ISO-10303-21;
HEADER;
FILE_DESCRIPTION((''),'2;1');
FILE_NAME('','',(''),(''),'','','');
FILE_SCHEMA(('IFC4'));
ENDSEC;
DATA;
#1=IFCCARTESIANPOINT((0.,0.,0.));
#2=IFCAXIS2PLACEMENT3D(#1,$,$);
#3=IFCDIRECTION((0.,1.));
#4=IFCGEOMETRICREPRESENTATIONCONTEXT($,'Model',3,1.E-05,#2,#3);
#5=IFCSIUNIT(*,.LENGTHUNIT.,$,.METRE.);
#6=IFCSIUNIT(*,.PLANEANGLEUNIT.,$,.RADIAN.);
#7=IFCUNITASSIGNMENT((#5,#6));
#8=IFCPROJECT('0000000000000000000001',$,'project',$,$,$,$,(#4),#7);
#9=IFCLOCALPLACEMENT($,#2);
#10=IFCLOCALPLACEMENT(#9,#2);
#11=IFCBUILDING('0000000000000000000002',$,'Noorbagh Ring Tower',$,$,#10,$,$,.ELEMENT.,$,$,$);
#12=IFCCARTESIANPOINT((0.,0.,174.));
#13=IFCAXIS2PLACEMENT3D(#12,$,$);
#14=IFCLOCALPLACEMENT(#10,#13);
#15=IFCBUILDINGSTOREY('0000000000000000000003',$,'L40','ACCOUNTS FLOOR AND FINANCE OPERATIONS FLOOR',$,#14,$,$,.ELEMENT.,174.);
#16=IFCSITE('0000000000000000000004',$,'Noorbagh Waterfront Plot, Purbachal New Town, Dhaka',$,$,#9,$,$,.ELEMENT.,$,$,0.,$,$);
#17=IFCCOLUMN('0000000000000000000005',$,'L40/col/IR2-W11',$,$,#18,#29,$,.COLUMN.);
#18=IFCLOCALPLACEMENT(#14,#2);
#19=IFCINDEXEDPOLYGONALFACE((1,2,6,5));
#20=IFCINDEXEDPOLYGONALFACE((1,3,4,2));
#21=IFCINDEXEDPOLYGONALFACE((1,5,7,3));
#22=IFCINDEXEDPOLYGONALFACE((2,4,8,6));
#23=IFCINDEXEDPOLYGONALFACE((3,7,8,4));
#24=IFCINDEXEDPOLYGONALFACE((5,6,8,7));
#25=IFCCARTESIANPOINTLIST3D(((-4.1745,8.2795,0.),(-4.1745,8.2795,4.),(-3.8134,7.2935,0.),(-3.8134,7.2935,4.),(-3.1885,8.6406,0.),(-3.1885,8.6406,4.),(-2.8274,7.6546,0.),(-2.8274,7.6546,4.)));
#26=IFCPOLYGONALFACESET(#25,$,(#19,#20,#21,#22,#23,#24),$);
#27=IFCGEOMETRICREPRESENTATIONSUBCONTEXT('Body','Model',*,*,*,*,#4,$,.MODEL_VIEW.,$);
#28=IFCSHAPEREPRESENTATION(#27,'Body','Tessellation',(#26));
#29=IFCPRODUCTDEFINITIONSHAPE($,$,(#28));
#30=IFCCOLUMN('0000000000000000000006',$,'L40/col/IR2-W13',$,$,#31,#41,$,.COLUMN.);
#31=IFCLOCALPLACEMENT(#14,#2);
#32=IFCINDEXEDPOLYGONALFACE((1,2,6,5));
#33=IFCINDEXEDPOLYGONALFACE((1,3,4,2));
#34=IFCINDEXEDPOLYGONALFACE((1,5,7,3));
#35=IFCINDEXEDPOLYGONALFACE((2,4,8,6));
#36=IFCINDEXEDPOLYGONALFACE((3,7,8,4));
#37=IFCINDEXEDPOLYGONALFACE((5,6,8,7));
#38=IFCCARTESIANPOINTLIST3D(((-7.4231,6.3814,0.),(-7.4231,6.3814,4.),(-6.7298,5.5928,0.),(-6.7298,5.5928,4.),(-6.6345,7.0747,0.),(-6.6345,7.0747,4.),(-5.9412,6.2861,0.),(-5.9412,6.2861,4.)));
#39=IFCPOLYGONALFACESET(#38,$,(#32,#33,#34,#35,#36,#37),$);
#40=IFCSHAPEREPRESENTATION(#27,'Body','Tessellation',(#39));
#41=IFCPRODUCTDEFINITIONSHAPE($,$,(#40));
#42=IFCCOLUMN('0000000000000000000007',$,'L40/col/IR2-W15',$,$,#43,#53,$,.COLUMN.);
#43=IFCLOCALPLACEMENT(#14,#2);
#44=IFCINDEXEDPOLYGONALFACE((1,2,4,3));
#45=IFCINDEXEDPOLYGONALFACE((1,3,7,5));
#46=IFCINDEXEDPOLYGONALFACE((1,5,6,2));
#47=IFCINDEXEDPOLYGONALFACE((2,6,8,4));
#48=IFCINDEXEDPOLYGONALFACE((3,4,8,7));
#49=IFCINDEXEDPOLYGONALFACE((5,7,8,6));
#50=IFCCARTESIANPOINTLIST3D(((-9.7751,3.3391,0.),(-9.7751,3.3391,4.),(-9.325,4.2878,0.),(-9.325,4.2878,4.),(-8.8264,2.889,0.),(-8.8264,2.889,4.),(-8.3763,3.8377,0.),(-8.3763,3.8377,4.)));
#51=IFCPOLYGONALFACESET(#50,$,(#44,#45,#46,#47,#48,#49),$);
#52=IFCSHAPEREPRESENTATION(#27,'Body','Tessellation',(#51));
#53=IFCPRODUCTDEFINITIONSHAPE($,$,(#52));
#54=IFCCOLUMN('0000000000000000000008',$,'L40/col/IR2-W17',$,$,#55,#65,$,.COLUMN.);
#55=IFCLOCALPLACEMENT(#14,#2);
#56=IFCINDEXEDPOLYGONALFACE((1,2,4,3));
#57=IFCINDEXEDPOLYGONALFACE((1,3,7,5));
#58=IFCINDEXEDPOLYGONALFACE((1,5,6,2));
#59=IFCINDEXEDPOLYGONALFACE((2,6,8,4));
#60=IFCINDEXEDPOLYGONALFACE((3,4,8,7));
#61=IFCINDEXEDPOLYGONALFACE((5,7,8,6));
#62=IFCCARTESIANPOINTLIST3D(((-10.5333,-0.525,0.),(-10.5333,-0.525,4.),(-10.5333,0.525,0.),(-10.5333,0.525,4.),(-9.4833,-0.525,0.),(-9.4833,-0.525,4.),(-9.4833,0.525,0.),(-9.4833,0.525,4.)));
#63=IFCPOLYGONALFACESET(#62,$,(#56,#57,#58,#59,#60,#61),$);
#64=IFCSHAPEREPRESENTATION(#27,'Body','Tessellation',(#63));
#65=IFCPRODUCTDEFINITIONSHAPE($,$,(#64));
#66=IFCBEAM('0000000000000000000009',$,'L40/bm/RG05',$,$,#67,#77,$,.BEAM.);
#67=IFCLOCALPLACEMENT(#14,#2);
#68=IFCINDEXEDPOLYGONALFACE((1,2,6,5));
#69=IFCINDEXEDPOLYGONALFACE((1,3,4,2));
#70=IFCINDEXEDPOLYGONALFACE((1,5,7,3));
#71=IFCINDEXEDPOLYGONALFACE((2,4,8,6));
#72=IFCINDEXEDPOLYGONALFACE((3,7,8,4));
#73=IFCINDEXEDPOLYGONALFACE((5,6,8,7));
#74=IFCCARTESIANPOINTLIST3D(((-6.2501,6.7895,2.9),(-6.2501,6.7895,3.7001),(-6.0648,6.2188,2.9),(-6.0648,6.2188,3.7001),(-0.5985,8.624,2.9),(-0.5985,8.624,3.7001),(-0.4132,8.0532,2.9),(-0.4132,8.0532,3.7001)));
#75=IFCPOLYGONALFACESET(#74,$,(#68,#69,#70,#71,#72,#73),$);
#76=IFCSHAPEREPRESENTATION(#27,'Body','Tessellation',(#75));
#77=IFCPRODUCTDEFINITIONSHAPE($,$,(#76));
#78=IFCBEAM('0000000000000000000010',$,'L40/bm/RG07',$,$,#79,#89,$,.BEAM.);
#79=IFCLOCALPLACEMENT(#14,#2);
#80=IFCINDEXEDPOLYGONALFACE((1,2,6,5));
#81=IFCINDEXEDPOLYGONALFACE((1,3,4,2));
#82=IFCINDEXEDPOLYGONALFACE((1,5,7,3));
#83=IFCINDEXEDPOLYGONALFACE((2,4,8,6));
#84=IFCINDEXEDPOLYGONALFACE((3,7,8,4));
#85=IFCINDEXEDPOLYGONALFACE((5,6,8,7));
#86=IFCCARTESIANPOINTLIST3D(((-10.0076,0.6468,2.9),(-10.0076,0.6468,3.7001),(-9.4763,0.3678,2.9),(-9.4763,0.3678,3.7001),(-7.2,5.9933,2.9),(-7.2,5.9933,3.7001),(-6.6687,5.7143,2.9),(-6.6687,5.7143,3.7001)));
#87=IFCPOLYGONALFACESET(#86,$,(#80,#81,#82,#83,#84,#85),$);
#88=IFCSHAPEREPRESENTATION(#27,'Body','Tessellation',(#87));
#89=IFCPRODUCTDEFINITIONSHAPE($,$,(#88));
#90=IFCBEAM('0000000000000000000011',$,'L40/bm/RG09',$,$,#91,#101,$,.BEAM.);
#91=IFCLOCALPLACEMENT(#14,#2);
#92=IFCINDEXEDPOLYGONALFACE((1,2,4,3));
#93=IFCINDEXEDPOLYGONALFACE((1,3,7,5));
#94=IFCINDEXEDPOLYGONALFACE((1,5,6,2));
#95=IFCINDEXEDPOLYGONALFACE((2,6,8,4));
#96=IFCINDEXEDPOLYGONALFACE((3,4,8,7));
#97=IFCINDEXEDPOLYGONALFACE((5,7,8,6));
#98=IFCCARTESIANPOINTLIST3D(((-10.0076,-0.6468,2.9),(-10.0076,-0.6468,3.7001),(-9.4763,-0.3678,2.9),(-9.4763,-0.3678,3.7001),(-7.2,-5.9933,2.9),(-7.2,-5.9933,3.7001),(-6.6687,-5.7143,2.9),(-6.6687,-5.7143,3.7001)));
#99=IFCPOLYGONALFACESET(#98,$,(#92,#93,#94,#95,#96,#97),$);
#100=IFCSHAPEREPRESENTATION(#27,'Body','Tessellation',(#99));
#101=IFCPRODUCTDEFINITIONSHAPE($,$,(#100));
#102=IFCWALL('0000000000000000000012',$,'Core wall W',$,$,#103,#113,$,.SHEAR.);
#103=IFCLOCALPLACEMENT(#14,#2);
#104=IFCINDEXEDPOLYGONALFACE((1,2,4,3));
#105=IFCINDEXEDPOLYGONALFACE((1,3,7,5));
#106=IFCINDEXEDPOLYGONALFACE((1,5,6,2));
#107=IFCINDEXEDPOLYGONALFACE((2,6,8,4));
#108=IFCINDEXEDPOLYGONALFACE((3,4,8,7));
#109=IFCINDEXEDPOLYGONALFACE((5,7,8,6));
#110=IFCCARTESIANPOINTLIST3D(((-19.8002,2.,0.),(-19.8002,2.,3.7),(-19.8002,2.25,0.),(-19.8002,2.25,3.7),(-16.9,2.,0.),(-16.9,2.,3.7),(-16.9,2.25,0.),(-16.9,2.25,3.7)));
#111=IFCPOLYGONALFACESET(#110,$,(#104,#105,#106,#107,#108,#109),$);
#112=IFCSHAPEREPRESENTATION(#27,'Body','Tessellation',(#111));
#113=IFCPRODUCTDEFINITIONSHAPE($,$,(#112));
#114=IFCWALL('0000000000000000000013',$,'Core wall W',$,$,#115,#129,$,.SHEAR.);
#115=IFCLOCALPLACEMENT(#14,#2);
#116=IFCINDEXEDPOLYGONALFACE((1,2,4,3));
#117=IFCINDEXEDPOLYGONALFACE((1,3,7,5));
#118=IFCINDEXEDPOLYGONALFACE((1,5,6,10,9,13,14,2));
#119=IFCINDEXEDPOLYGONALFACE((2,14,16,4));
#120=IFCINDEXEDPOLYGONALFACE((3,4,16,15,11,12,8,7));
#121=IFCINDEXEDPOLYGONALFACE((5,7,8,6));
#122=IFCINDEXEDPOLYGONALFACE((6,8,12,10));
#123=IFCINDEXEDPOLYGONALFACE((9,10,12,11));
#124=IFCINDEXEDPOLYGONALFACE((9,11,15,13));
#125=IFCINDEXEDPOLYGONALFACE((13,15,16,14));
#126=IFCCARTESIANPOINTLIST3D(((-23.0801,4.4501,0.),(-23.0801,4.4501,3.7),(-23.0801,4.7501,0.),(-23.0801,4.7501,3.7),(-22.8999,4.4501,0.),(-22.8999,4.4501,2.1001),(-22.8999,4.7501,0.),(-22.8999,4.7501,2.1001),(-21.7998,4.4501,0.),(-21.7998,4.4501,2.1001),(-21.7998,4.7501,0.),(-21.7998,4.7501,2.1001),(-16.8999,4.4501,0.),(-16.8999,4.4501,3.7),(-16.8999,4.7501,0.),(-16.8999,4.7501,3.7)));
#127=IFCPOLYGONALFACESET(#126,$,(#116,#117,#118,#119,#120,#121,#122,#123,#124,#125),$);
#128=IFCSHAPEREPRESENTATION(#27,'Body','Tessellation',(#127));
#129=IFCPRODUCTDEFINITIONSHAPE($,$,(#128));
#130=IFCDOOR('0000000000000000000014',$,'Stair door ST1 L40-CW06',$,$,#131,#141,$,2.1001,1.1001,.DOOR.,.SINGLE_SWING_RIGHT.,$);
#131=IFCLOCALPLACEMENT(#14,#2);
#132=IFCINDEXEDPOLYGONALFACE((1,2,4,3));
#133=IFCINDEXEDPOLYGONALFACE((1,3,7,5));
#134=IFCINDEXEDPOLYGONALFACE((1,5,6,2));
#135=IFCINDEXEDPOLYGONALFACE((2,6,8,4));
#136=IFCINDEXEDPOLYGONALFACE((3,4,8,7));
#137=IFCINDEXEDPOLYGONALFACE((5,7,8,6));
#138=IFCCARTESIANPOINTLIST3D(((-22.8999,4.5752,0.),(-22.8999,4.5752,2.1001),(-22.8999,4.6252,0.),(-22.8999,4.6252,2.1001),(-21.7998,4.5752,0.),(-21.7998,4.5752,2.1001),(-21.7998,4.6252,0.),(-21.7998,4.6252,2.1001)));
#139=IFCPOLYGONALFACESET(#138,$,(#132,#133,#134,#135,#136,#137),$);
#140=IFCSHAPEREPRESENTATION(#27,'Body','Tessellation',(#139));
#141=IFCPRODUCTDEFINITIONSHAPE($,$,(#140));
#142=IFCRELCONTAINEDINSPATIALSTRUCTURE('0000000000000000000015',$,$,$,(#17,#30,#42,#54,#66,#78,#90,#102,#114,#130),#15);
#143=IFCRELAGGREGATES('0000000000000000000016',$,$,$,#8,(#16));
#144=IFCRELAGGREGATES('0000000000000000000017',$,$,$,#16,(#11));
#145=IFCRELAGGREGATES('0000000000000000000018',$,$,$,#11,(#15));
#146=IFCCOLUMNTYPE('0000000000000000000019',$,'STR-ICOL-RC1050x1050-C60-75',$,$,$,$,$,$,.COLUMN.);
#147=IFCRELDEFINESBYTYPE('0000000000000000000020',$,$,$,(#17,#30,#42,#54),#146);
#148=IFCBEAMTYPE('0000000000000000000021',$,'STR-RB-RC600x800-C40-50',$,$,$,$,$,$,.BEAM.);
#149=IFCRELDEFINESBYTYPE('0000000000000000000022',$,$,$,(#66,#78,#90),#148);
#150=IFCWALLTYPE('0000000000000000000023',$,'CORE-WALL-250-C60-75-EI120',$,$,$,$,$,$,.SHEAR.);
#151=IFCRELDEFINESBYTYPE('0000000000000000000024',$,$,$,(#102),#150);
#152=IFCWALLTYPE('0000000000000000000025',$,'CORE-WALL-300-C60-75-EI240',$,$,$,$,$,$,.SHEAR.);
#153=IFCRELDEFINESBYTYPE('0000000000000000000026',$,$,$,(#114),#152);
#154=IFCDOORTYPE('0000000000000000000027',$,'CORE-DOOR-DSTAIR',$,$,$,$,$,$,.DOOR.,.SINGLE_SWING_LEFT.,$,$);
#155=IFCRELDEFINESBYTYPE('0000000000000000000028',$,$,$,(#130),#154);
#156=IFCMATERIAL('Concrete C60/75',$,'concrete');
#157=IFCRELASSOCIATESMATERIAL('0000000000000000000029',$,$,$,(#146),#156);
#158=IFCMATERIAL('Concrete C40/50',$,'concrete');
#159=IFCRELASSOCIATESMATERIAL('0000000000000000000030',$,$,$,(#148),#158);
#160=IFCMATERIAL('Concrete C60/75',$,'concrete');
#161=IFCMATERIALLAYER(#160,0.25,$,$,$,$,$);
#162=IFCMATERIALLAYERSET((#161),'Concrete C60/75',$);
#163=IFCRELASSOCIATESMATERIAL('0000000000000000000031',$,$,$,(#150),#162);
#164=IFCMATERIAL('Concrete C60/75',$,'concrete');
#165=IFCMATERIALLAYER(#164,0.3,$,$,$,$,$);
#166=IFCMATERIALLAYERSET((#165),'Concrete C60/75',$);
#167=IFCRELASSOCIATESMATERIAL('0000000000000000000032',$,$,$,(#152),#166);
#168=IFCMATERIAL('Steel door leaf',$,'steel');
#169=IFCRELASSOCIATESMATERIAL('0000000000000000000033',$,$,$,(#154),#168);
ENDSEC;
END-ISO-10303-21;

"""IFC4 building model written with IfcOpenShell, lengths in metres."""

from ifc_helpers import new_model, si_unit, direction, frame, frame_2d, origin, origin_2d, place, context, subcontext, project, spatial, rectangle, extrude, material, layer, layer_set, material_profile, profile_set, type_object, element, fill, save


model = new_model("IFC4")

# Units and contexts
model_context = context("Model", 3, precision=1e-05, world=origin(), true_north=direction((0.0, 1.0)))
body_context = subcontext(model_context, "Body", "Model", "MODEL_VIEW")
ifc_project = project(units=[si_unit("LENGTHUNIT", "METRE"), si_unit("PLANEANGLEUNIT", "RADIAN")], contexts=[model_context])

# Site, building, storey
site_placement = place(None, origin())
site = spatial("IfcSite", under=ifc_project, at=site_placement, Name="Noorbagh Waterfront Plot, Purbachal New Town, Dhaka", CompositionType="ELEMENT", RefElevation=0.0)
building_placement = place(site_placement, origin())
building = spatial("IfcBuilding", under=site, at=building_placement, Name="Noorbagh Ring Tower", CompositionType="ELEMENT")
storey_placement = place(building_placement, frame((0.0, 0.0, 174.0)))
storey = spatial("IfcBuildingStorey", under=building, at=storey_placement, Name="L40", Description="ACCOUNTS FLOOR AND FINANCE OPERATIONS FLOOR", CompositionType="ELEMENT", Elevation=174.0)

# Columns
ifc_material_1 = material(Name="Concrete C60/75", Category="concrete")
ifc_material_profile_1 = material_profile(ifc_material_1, rectangle(XDim=1.05, YDim=1.05, at=origin_2d()), Name="RC1050x1050")
ifc_profile_set_1 = profile_set([ifc_material_profile_1], Name="Concrete C60/75")
column_type = type_object("IfcColumnType", Name="STR-ICOL-RC1050x1050-C60-75", PredefinedType="COLUMN", material=ifc_profile_set_1)
for number, where, z_axis, x_axis, name in (
    (1, (-3.501, 7.967, 0.0), (0.0, 0.0, 1.0), (-0.93902, -0.343864, 0.0), "L40/col/IR2-W11"),
    (2, (-6.6821, 6.3337, 0.0), (0.0, 0.0, 1.0), (-0.751022, -0.660277, 0.0), "L40/col/IR2-W13"),
    (3, (-9.0757, 3.5884, 0.0), (0.0, 0.0, 1.0), (-0.428667, -0.903463, 0.0), "L40/col/IR2-W15"),
    (4, (-10.0083, 0.0, 0.0), (0.0, 0.0, 1.0), (0.0, -1.0, 0.0), "L40/col/IR2-W17"),
):
    element("IfcColumn", number, at=place(storey_placement, frame(where, z_axis=z_axis, x_axis=x_axis)), inside=storey, type_object=column_type, Name=name, PredefinedType="COLUMN", context=body_context, shape_type="SweptSolid", body=[
        extrude(rectangle(XDim=1.05, YDim=1.05, at=origin_2d()), origin(), (0.0, 0.0, 1.0), 4.0),
    ])

# Beams
ifc_material_2 = material(Name="Concrete C40/50", Category="concrete")
ifc_material_profile_2 = material_profile(ifc_material_2, rectangle(XDim=0.6001, YDim=0.8, at=origin_2d()), Name="RC600x800")
ifc_profile_set_2 = profile_set([ifc_material_profile_2], Name="Concrete C40/50")
beam_type = type_object("IfcBeamType", Name="STR-RB-RC600x800-C40-50", PredefinedType="BEAM", material=ifc_profile_set_2)
beam_placement = place(storey_placement, frame((-0.5059, 8.3386, 3.3), z_axis=(-0.951148, -0.308736, 0.0), x_axis=(0.308736, -0.951148, 0.0)))
element("IfcBeam", 5, at=beam_placement, inside=storey, type_object=beam_type, Name="L40/bm/RG05", PredefinedType="BEAM", context=body_context, shape_type="SweptSolid", body=[
    extrude(rectangle(XDim=0.6001, YDim=0.8, at=origin_2d()), origin(), (0.0, 0.0, 1.0), 5.9419),
])
for number, where, z_axis, x_axis, name in (
    (6, (-6.9343, 5.8538, 3.3), (-0.46493, -0.885348, 0.0), (0.885348, -0.46493, 0.0), "L40/bm/RG07"),
    (7, (-9.7419, -0.5073, 3.3), (0.46493, -0.885348, 0.0), (0.885348, 0.46493, 0.0), "L40/bm/RG09"),
):
    element("IfcBeam", number, at=place(storey_placement, frame(where, z_axis=z_axis, x_axis=x_axis)), inside=storey, type_object=beam_type, Name=name, PredefinedType="BEAM", context=body_context, shape_type="SweptSolid", body=[
        extrude(rectangle(XDim=0.6001, YDim=0.8, at=origin_2d()), origin(), (0.0, 0.0, 1.0), 6.0388),
    ])

# Wall
ifc_material_3 = material(Name="Concrete C60/75", Category="concrete")
ifc_layer_1 = layer(ifc_material_3, 0.25)
ifc_layer_set_1 = layer_set([ifc_layer_1], Name="Concrete C60/75")
wall_type_1 = type_object("IfcWallType", Name="CORE-WALL-250-C60-75-EI120", PredefinedType="SHEAR", material=ifc_layer_set_1)
wall_1_placement = place(storey_placement, frame((-16.8999, 2.125, 0.0), z_axis=(0.0, 0.0, 1.0), x_axis=(-1.0, 0.0, 0.0)))
element("IfcWall", 8, at=wall_1_placement, inside=storey, type_object=wall_type_1, Name="Core wall W", PredefinedType="SHEAR", context=body_context, shape_type="SweptSolid", body=[
    extrude(rectangle(XDim=2.9001, YDim=0.25, at=frame_2d((1.4502, 0.0))), origin(), (0.0, 0.0, 1.0), 3.7),
])

# Wall, opening, door
ifc_material_4 = material(Name="Concrete C60/75", Category="concrete")
ifc_layer_2 = layer(ifc_material_4, 0.3)
ifc_layer_set_2 = layer_set([ifc_layer_2], Name="Concrete C60/75")
wall_type_2 = type_object("IfcWallType", Name="CORE-WALL-300-C60-75-EI240", PredefinedType="SHEAR", material=ifc_layer_set_2)
wall_2_placement = place(storey_placement, frame((-16.8999, 4.6001, 0.0), z_axis=(0.0, 0.0, 1.0), x_axis=(-1.0, 0.0, 0.0)))
wall_2 = element("IfcWall", 9, at=wall_2_placement, inside=storey, type_object=wall_type_2, Name="Core wall W", PredefinedType="SHEAR", context=body_context, shape_type="SweptSolid", body=[
    extrude(rectangle(XDim=6.1802, YDim=0.3, at=frame_2d((3.0901, 0.0))), origin(), (0.0, 0.0, 1.0), 3.7),
])
opening_1_placement = place(wall_2_placement, frame((4.8999, 0.0, 0.0)))
opening_1 = element("IfcOpeningElement", 10, at=opening_1_placement, cuts=wall_2, PredefinedType="OPENING", context=body_context, shape_type="SweptSolid", body=[
    extrude(rectangle(XDim=1.1001, YDim=2.1001, at=frame_2d((0.55, 1.05))), frame((0.0, 0.1602, 0.0), z_axis=(0.0, -1.0, 0.0), x_axis=(1.0, 0.0, 0.0)), (0.0, 0.0, 1.0), 0.3201),
])
ifc_material_5 = material(Name="Steel door leaf", Category="steel")
door_type_1 = type_object("IfcDoorType", Name="CORE-DOOR-DSTAIR", OperationType="SINGLE_SWING_LEFT", PredefinedType="DOOR", material=ifc_material_5)
door_1_placement = place(opening_1_placement, origin())
door_1 = element("IfcDoor", 11, at=door_1_placement, inside=storey, type_object=door_type_1, Name="Stair door ST1 L40-CW06", OperationType="SINGLE_SWING_RIGHT", OverallHeight=2.1001, OverallWidth=1.1001, PredefinedType="DOOR", context=body_context, shape_type="SweptSolid", body=[
    extrude(rectangle(XDim=1.1001, YDim=2.1001, at=frame_2d((0.55, 1.05))), frame((0.0, 0.0249, 0.0), z_axis=(0.0, -1.0, 0.0), x_axis=(1.0, 0.0, 0.0)), (0.0, 0.0, 1.0), 0.05),
])
fill(opening_1, door_1)

save(model, "model.ifc")
